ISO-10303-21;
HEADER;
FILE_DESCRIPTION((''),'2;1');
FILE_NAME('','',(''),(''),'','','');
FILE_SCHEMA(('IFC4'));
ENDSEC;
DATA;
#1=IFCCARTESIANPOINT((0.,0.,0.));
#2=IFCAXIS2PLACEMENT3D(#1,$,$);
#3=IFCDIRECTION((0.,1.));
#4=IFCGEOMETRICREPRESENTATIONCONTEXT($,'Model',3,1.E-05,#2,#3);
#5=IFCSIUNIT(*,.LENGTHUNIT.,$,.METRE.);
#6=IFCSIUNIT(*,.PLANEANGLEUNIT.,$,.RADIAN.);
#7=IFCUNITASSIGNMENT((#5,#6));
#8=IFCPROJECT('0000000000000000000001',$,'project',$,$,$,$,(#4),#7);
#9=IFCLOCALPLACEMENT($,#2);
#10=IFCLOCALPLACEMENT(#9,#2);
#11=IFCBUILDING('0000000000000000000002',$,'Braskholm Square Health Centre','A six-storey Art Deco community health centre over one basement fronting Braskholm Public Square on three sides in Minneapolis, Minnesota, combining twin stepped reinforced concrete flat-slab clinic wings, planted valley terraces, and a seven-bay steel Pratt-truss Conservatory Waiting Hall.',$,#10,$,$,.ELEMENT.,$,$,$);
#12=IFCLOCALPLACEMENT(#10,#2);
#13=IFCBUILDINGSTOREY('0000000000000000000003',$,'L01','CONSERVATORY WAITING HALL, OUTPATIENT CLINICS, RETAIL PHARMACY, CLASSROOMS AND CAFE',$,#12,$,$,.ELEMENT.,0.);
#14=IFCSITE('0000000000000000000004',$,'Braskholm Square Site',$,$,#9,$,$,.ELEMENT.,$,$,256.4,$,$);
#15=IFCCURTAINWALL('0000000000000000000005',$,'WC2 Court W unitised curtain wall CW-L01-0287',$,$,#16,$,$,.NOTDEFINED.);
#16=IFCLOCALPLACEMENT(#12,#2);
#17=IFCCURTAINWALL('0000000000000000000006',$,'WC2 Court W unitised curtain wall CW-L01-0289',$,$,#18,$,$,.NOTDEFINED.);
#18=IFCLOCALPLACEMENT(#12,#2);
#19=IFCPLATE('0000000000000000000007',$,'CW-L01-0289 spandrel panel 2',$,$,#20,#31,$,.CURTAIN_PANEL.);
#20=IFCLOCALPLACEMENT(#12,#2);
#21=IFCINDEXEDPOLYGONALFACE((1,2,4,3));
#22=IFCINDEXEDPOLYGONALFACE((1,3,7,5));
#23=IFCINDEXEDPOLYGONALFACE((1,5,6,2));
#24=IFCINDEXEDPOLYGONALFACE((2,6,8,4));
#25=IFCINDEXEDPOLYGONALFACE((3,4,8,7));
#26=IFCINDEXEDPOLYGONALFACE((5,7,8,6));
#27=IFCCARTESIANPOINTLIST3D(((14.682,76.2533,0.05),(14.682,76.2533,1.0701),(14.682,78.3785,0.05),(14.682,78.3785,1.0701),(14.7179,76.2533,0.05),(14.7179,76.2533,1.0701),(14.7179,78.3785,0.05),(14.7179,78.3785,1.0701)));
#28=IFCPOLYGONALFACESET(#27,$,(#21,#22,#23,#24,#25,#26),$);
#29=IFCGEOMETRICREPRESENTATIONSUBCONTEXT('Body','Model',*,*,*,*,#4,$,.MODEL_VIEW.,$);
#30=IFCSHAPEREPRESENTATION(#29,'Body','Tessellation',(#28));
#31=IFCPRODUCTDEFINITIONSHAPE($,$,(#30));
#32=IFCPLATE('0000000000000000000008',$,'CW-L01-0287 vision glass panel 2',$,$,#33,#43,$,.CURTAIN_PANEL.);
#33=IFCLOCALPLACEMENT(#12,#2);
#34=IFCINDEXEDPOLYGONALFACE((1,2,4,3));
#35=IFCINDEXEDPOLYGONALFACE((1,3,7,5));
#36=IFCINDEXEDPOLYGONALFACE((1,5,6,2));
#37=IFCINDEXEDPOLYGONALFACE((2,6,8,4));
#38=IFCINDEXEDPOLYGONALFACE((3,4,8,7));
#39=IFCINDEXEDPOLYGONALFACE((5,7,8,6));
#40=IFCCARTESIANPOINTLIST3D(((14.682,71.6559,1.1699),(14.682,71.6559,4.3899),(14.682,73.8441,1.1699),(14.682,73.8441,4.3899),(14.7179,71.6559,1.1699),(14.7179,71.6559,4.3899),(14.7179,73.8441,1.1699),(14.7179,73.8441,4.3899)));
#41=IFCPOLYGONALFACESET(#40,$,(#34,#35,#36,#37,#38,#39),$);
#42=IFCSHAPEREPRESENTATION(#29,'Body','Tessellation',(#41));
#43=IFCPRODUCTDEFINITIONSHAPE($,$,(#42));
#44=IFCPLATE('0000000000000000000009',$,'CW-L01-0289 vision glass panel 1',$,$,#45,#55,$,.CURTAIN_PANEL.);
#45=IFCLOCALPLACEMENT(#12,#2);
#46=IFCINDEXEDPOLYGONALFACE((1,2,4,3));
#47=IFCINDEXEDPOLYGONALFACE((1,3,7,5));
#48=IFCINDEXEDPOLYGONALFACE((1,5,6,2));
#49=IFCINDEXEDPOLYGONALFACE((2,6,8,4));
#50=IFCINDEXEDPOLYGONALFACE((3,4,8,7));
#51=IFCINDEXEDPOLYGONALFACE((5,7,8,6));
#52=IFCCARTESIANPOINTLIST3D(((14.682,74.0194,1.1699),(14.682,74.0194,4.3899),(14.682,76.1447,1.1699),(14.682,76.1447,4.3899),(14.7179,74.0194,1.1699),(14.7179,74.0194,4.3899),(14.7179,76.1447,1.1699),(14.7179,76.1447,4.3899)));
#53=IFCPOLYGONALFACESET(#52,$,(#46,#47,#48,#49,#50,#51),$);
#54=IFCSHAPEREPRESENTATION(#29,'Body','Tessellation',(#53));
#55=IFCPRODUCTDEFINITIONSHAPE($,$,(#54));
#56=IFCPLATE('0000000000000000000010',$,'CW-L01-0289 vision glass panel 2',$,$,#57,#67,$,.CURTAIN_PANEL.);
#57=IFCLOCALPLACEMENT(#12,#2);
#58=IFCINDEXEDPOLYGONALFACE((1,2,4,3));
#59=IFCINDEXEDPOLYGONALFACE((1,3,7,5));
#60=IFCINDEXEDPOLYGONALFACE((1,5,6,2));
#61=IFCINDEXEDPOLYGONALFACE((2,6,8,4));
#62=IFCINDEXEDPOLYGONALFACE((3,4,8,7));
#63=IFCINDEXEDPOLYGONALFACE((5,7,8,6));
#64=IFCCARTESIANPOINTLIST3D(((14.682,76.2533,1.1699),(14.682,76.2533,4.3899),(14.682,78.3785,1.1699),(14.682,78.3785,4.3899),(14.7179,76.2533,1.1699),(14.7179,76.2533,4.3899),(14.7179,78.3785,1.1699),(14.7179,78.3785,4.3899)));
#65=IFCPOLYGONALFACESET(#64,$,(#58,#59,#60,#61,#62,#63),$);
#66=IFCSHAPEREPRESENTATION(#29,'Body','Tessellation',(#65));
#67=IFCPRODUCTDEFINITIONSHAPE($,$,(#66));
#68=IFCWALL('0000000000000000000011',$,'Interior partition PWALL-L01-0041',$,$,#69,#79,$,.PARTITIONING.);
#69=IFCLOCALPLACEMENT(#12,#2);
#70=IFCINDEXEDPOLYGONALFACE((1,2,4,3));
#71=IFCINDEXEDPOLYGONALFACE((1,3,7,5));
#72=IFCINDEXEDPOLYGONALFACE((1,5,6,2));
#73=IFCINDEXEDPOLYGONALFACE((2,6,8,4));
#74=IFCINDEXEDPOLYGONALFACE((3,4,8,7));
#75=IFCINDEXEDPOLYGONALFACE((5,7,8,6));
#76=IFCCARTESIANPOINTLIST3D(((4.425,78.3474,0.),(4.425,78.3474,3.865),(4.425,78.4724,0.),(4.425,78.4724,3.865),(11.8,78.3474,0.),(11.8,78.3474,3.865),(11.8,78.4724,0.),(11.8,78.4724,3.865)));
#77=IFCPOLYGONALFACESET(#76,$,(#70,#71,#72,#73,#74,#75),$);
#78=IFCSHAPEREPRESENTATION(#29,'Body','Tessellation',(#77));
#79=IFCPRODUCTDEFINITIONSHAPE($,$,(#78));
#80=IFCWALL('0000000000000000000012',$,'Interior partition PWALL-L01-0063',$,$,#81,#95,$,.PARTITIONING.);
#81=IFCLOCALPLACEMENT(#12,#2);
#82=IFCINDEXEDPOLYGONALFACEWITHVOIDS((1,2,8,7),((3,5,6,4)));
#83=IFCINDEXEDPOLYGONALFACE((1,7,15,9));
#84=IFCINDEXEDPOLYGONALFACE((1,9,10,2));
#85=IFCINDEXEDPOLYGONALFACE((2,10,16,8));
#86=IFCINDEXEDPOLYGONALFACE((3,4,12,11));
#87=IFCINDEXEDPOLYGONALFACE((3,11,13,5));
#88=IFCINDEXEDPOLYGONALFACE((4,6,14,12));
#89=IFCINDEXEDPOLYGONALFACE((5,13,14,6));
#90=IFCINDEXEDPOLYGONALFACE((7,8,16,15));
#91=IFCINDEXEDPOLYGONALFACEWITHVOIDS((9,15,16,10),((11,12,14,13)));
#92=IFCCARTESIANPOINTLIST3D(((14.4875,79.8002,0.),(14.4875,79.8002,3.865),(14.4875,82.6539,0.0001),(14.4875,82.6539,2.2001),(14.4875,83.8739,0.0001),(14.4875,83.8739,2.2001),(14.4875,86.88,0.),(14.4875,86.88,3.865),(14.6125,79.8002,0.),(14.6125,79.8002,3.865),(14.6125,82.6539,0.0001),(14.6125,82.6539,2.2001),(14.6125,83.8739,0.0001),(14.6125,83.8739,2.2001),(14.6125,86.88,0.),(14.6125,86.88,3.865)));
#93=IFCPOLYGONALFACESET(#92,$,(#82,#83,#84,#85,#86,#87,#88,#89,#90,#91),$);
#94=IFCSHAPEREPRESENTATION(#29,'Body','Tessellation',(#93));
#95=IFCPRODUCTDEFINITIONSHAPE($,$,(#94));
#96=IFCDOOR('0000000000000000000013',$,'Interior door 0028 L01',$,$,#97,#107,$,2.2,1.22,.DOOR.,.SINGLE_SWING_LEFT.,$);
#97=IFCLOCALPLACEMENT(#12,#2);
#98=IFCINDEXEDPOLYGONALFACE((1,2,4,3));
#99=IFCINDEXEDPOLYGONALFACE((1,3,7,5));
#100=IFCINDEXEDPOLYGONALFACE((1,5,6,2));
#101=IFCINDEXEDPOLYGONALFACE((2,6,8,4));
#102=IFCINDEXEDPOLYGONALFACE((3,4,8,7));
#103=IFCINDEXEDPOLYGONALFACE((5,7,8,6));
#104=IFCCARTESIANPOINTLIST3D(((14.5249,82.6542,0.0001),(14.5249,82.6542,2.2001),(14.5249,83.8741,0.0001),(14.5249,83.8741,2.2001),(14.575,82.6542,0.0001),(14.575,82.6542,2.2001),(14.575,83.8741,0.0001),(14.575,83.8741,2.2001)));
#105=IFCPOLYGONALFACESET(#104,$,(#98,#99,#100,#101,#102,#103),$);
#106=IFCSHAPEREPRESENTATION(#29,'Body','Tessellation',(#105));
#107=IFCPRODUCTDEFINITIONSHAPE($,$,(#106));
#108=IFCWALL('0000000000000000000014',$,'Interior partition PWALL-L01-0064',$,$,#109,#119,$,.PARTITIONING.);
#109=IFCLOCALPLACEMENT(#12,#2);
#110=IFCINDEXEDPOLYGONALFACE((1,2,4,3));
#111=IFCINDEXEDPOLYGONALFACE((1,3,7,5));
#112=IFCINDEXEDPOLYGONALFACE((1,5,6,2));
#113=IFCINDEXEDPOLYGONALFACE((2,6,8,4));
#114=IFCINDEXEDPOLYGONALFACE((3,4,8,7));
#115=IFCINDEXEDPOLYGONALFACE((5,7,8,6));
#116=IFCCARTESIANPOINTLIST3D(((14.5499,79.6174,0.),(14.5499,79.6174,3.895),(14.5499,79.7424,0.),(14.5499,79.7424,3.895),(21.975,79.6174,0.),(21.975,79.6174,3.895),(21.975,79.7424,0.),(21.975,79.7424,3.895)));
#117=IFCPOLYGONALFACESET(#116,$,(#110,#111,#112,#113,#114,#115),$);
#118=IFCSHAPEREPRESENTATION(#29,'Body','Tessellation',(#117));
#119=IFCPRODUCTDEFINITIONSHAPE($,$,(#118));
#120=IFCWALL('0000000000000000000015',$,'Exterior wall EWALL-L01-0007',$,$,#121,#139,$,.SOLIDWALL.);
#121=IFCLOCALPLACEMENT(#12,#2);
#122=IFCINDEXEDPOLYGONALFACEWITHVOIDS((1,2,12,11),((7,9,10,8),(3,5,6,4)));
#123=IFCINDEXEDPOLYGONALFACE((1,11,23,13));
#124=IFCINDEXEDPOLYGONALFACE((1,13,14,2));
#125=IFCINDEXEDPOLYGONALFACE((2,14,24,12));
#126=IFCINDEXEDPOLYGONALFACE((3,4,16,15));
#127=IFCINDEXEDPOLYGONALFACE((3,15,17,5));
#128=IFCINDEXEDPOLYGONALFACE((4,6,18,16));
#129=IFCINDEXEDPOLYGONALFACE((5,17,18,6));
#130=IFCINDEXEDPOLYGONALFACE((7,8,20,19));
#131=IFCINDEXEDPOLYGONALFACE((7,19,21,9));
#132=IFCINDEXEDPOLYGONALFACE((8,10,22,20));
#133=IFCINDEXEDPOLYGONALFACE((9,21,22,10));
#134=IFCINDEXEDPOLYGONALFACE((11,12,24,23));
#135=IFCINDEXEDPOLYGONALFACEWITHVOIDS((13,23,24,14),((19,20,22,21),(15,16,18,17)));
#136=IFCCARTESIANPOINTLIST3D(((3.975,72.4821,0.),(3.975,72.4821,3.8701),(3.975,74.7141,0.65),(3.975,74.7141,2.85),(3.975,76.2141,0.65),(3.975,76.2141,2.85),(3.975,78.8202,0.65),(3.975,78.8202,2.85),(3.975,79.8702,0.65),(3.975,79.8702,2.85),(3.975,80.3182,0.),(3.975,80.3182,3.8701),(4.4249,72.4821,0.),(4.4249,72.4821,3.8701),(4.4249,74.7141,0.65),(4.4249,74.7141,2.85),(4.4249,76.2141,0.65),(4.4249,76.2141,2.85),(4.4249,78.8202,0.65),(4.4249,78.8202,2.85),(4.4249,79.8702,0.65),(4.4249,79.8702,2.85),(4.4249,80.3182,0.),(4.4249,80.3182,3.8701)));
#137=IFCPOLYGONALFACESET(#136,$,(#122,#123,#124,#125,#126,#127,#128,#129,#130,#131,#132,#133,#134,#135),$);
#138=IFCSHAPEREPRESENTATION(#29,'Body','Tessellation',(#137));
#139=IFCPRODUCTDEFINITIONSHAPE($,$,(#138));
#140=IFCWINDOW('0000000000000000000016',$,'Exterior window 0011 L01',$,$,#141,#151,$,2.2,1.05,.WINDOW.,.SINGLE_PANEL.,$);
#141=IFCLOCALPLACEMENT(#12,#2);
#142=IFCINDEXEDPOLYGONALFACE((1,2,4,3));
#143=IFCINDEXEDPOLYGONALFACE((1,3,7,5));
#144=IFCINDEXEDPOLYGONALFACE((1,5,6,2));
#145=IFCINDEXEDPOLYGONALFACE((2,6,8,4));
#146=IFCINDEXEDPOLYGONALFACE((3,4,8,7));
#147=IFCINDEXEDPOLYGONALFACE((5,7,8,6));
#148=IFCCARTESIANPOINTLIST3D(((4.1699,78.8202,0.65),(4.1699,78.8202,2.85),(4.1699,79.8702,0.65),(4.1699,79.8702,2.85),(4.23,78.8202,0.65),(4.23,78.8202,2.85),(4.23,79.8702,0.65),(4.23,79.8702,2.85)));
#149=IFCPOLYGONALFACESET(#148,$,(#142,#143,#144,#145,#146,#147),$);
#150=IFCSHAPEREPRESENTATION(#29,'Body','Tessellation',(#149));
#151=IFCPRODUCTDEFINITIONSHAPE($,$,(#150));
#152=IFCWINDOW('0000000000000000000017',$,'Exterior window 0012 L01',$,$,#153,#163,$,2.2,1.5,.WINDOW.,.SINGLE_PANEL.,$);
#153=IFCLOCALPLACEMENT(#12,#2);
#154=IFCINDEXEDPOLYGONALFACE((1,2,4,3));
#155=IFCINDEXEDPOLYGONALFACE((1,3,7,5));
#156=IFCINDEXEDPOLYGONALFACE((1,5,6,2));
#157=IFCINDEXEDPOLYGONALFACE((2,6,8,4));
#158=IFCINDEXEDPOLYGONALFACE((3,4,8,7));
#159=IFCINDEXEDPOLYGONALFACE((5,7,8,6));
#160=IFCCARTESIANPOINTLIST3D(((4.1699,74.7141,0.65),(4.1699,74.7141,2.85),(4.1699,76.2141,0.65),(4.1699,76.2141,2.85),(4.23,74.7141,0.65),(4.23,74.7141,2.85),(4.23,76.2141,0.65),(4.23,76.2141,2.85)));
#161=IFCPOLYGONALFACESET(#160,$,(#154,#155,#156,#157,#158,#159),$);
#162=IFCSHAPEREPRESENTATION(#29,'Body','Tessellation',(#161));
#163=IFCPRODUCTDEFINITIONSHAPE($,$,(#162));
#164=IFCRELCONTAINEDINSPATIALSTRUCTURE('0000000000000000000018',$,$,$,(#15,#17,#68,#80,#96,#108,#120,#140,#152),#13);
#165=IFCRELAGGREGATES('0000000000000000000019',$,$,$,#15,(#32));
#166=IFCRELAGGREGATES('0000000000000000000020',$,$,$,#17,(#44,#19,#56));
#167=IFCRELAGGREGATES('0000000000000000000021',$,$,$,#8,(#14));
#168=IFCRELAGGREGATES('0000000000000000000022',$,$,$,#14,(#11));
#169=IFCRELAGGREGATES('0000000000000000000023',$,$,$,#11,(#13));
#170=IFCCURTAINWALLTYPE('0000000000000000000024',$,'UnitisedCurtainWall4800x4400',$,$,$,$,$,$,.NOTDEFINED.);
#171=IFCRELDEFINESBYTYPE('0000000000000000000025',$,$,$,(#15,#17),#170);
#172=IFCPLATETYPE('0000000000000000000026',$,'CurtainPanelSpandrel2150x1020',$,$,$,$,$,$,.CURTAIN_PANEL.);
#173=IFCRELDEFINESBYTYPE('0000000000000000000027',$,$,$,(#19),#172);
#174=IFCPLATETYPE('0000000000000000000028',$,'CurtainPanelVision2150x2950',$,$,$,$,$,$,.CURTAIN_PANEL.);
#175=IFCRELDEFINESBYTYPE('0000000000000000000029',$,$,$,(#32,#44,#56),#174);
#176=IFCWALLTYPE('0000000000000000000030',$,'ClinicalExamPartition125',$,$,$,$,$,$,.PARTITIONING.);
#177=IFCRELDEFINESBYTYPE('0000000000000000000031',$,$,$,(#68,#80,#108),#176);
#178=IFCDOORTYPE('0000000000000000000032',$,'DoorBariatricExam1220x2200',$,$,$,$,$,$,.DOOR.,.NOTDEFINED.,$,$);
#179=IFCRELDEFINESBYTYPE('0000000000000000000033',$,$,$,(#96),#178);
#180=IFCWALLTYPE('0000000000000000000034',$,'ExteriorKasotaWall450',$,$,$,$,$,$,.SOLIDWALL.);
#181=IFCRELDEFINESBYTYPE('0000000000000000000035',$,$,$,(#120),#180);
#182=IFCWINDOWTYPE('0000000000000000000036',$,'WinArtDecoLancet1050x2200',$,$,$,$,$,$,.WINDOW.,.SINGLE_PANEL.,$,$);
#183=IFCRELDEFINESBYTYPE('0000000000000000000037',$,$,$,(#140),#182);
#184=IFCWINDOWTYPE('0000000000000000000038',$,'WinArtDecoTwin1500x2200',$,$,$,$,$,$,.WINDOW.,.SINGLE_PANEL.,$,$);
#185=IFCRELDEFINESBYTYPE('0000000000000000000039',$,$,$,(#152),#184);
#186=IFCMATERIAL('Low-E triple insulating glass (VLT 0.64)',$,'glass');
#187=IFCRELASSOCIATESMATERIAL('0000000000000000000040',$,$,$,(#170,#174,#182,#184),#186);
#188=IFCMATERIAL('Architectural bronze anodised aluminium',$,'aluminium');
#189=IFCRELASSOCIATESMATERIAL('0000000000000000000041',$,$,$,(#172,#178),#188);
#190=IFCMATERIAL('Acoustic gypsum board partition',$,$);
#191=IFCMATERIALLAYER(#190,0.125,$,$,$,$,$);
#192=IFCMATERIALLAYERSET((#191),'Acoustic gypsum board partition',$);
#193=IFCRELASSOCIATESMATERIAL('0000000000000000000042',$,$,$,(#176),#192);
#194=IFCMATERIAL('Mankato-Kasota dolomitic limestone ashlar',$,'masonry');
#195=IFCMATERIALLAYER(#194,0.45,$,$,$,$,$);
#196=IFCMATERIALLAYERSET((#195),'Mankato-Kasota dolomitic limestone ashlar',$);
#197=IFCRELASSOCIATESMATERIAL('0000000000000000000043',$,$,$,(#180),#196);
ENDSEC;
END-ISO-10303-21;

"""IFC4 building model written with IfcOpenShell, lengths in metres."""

from ifc_helpers import new_model, si_unit, direction, frame, frame_2d, origin, origin_with_axes, origin_2d, place, context, subcontext, project, spatial, rectangle, extrude, material, layer, layer_set, type_object, element, fill, aggregate, save


model = new_model("IFC4")

# Units and contexts
model_context = context("Model", 3, precision=1e-05, world=origin(), true_north=direction((0.0, 1.0)))
body_context = subcontext(model_context, "Body", "Model", "MODEL_VIEW")
ifc_project = project(units=[si_unit("LENGTHUNIT", "METRE"), si_unit("PLANEANGLEUNIT", "RADIAN")], contexts=[model_context])

# Site, building, storey
site_placement = place(None, origin())
site = spatial("IfcSite", under=ifc_project, at=site_placement, Name="Braskholm Square Site", CompositionType="ELEMENT", RefElevation=256.4)
building_placement = place(site_placement, origin())
building = spatial("IfcBuilding", under=site, at=building_placement, Name="Braskholm Square Health Centre", Description="A six-storey Art Deco community health centre over one basement fronting Braskholm Public Square on three sides in Minneapolis, Minnesota, combining twin stepped reinforced concrete flat-slab clinic wings, planted valley terraces, and a seven-bay steel Pratt-truss Conservatory Waiting Hall.", CompositionType="ELEMENT")
storey_placement = place(building_placement, origin())
storey = spatial("IfcBuildingStorey", under=building, at=storey_placement, Name="L01", Description="CONSERVATORY WAITING HALL, OUTPATIENT CLINICS, RETAIL PHARMACY, CLASSROOMS AND CAFE", CompositionType="ELEMENT", Elevation=0.0)

# Curtain wall
ifc_material_1 = material(Name="Low-E triple insulating glass (VLT 0.64)", Category="glass")
curtain_wall_type = type_object("IfcCurtainWallType", Name="UnitisedCurtainWall4800x4400", PredefinedType="NOTDEFINED", material=ifc_material_1)
curtain_wall_1_placement = place(storey_placement, origin())
curtain_wall_1 = element("IfcCurtainWall", 1, at=curtain_wall_1_placement, inside=storey, type_object=curtain_wall_type, Name="WC2 Court W unitised curtain wall CW-L01-0287", PredefinedType="NOTDEFINED")
ifc_material_2 = material(Name="Architectural bronze anodised aluminium", Category="aluminium")

# Curtain wall
curtain_wall_2_placement = place(storey_placement, origin())
curtain_wall_2 = element("IfcCurtainWall", 2, at=curtain_wall_2_placement, inside=storey, type_object=curtain_wall_type, Name="WC2 Court W unitised curtain wall CW-L01-0289", PredefinedType="NOTDEFINED")

# Plates
plate_type_1 = type_object("IfcPlateType", Name="CurtainPanelSpandrel2150x1020", PredefinedType="CURTAIN_PANEL", material=ifc_material_2)
plate_1_placement = place(storey_placement, frame((14.7, 77.3159, 0.05), z_axis=(0.0, 0.0, 1.0), x_axis=(0.0, 1.0, 0.0)))
plate_1 = element("IfcPlate", 3, at=plate_1_placement, type_object=plate_type_1, Name="CW-L01-0289 spandrel panel 2", PredefinedType="CURTAIN_PANEL", context=body_context, shape_type="SweptSolid", body=[
    extrude(rectangle(XDim=2.1252, YDim=0.0359, at=origin_2d()), origin(), (0.0, 0.0, 1.0), 1.02),
])
plate_type_2 = type_object("IfcPlateType", Name="CurtainPanelVision2150x2950", PredefinedType="CURTAIN_PANEL", material=ifc_material_1)
plate_2_placement = place(storey_placement, frame((14.7, 72.75, 1.1699), z_axis=(0.0, 0.0, 1.0), x_axis=(0.0, 1.0, 0.0)))
plate_2 = element("IfcPlate", 4, at=plate_2_placement, type_object=plate_type_2, Name="CW-L01-0287 vision glass panel 2", PredefinedType="CURTAIN_PANEL", context=body_context, shape_type="SweptSolid", body=[
    extrude(rectangle(XDim=2.1882, YDim=0.0359, at=origin_2d()), origin(), (0.0, 0.0, 1.0), 3.22),
])
aggregate(curtain_wall_1, [plate_2])
plate_3_placement = place(storey_placement, frame((14.7, 75.082, 1.1699), z_axis=(0.0, 0.0, 1.0), x_axis=(0.0, 1.0, 0.0)))
plate_3 = element("IfcPlate", 5, at=plate_3_placement, type_object=plate_type_2, Name="CW-L01-0289 vision glass panel 1", PredefinedType="CURTAIN_PANEL", context=body_context, shape_type="SweptSolid", body=[
    extrude(rectangle(XDim=2.1252, YDim=0.0359, at=origin_2d()), origin(), (0.0, 0.0, 1.0), 3.22),
])
plate_4_placement = place(storey_placement, frame((14.7, 77.3159, 1.1699), z_axis=(0.0, 0.0, 1.0), x_axis=(0.0, 1.0, 0.0)))
plate_4 = element("IfcPlate", 6, at=plate_4_placement, type_object=plate_type_2, Name="CW-L01-0289 vision glass panel 2", PredefinedType="CURTAIN_PANEL", context=body_context, shape_type="SweptSolid", body=[
    extrude(rectangle(XDim=2.1252, YDim=0.0359, at=origin_2d()), origin(), (0.0, 0.0, 1.0), 3.22),
])
aggregate(curtain_wall_2, [plate_3, plate_1, plate_4])

# Wall
ifc_material_3 = material(Name="Acoustic gypsum board partition")
ifc_layer_1 = layer(ifc_material_3, 0.125)
ifc_layer_set_1 = layer_set([ifc_layer_1], Name="Acoustic gypsum board partition")
wall_type_1 = type_object("IfcWallType", Name="ClinicalExamPartition125", PredefinedType="PARTITIONING", material=ifc_layer_set_1)
wall_1_placement = place(storey_placement, frame((4.425, 78.4099, 0.0), z_axis=(0.0, 0.0, 1.0), x_axis=(1.0, 0.0, 0.0)))
element("IfcWall", 7, at=wall_1_placement, inside=storey, type_object=wall_type_1, Name="Interior partition PWALL-L01-0041", PredefinedType="PARTITIONING", context=body_context, shape_type="SweptSolid", body=[
    extrude(rectangle(XDim=7.375, YDim=0.125, at=frame_2d((3.6875, 0.0))), origin(), (0.0, 0.0, 1.0), 3.865),
])

# Wall, opening, door
wall_2_placement = place(storey_placement, frame((14.55, 79.8, 0.0), z_axis=(0.0, 0.0, 1.0), x_axis=(0.0, 1.0, 0.0)))
wall_2 = element("IfcWall", 8, at=wall_2_placement, inside=storey, type_object=wall_type_1, Name="Interior partition PWALL-L01-0063", PredefinedType="PARTITIONING", context=body_context, shape_type="SweptSolid", body=[
    extrude(rectangle(XDim=7.0798, YDim=0.125, at=frame_2d((3.54, 0.0))), origin(), (0.0, 0.0, 1.0), 3.865),
])
opening_1_placement = place(wall_2_placement, frame((2.854, 0.0, 0.0)))
opening_1 = element("IfcOpeningElement", 9, at=opening_1_placement, cuts=wall_2, PredefinedType="OPENING", context=body_context, shape_type="SweptSolid", body=[
    extrude(rectangle(XDim=1.22, YDim=2.2, at=frame_2d((0.6099, 1.1001))), frame((0.0, 0.0725, 0.0), z_axis=(0.0, -1.0, 0.0), x_axis=(1.0, 0.0, 0.0)), (0.0, 0.0, 1.0), 0.145),
])
door_type_1 = type_object("IfcDoorType", Name="DoorBariatricExam1220x2200", OperationType="NOTDEFINED", PredefinedType="DOOR", material=ifc_material_2)
door_1_placement = place(opening_1_placement, frame((1.22, 0.0, 0.0), z_axis=(0.0, 0.0, 1.0), x_axis=(-1.0, 0.0, 0.0)))
door_1 = element("IfcDoor", 10, at=door_1_placement, inside=storey, type_object=door_type_1, Name="Interior door 0028 L01", OperationType="SINGLE_SWING_LEFT", OverallHeight=2.2, OverallWidth=1.22, PredefinedType="DOOR", context=body_context, shape_type="SweptSolid", body=[
    extrude(rectangle(XDim=1.22, YDim=2.2, at=frame_2d((0.6099, 1.1001))), frame((0.0, 0.0249, 0.0), z_axis=(0.0, -1.0, 0.0), x_axis=(1.0, 0.0, 0.0)), (0.0, 0.0, 1.0), 0.05),
])
fill(opening_1, door_1)

# Wall
wall_3_placement = place(storey_placement, frame((14.55, 79.6799, 0.0), z_axis=(0.0, 0.0, 1.0), x_axis=(1.0, 0.0, 0.0)))
element("IfcWall", 11, at=wall_3_placement, inside=storey, type_object=wall_type_1, Name="Interior partition PWALL-L01-0064", PredefinedType="PARTITIONING", context=body_context, shape_type="SweptSolid", body=[
    extrude(rectangle(XDim=7.425, YDim=0.125, at=frame_2d((3.7124, 0.0))), origin(), (0.0, 0.0, 1.0), 3.895),
])

# Wall, openings, windows
ifc_material_4 = material(Name="Mankato-Kasota dolomitic limestone ashlar", Category="masonry")
ifc_layer_2 = layer(ifc_material_4, 0.45)
ifc_layer_set_2 = layer_set([ifc_layer_2], Name="Mankato-Kasota dolomitic limestone ashlar")
wall_type_2 = type_object("IfcWallType", Name="ExteriorKasotaWall450", PredefinedType="SOLIDWALL", material=ifc_layer_set_2)
wall_4_placement = place(storey_placement, frame((4.2, 80.3181, 0.0), z_axis=(0.0, 0.0, 1.0), x_axis=(0.0, -1.0, 0.0)))
wall_4 = element("IfcWall", 12, at=wall_4_placement, inside=storey, type_object=wall_type_2, Name="Exterior wall EWALL-L01-0007", PredefinedType="SOLIDWALL", context=body_context, shape_type="SweptSolid", body=[
    extrude(rectangle(XDim=7.8362, YDim=0.45, at=frame_2d((3.918, 0.0))), origin(), (0.0, 0.0, 1.0), 3.8701),
])
opening_2_placement = place(wall_4_placement, frame((0.448, 0.0, 0.6499)))
opening_2 = element("IfcOpeningElement", 13, at=opening_2_placement, cuts=wall_4, PredefinedType="OPENING", context=body_context, shape_type="SweptSolid", body=[
    extrude(rectangle(XDim=1.05, YDim=2.2, at=frame_2d((0.5249, 1.1001))), frame((0.0, 0.2349, 0.0), z_axis=(0.0, -1.0, 0.0), x_axis=(1.0, 0.0, 0.0)), (0.0, 0.0, 1.0), 0.47),
])
opening_3_placement = place(wall_4_placement, frame((4.104, 0.0, 0.6499)))
opening_3 = element("IfcOpeningElement", 14, at=opening_3_placement, cuts=wall_4, PredefinedType="OPENING", context=body_context, shape_type="SweptSolid", body=[
    extrude(rectangle(XDim=1.5, YDim=2.2, at=frame_2d((0.75, 1.1001))), frame((0.0, 0.2349, 0.0), z_axis=(0.0, -1.0, 0.0), x_axis=(1.0, 0.0, 0.0)), (0.0, 0.0, 1.0), 0.47),
])
window_type_1 = type_object("IfcWindowType", Name="WinArtDecoLancet1050x2200", PartitioningType="SINGLE_PANEL", PredefinedType="WINDOW", material=ifc_material_1)
window_1_placement = place(opening_2_placement, origin_with_axes())
window_1 = element("IfcWindow", 15, at=window_1_placement, inside=storey, type_object=window_type_1, Name="Exterior window 0011 L01", OverallHeight=2.2, OverallWidth=1.05, PartitioningType="SINGLE_PANEL", PredefinedType="WINDOW", context=body_context, shape_type="SweptSolid", body=[
    extrude(rectangle(XDim=1.05, YDim=2.2, at=frame_2d((0.5249, 1.1001))), frame((0.0, 0.03, 0.0), z_axis=(0.0, -1.0, 0.0), x_axis=(1.0, 0.0, 0.0)), (0.0, 0.0, 1.0), 0.0601),
])
fill(opening_2, window_1)
window_type_2 = type_object("IfcWindowType", Name="WinArtDecoTwin1500x2200", PartitioningType="SINGLE_PANEL", PredefinedType="WINDOW", material=ifc_material_1)
window_2_placement = place(opening_3_placement, origin_with_axes())
window_2 = element("IfcWindow", 16, at=window_2_placement, inside=storey, type_object=window_type_2, Name="Exterior window 0012 L01", OverallHeight=2.2, OverallWidth=1.5, PartitioningType="SINGLE_PANEL", PredefinedType="WINDOW", context=body_context, shape_type="SweptSolid", body=[
    extrude(rectangle(XDim=1.5, YDim=2.2, at=frame_2d((0.75, 1.1001))), frame((0.0, 0.03, 0.0), z_axis=(0.0, -1.0, 0.0), x_axis=(1.0, 0.0, 0.0)), (0.0, 0.0, 1.0), 0.0601),
])
fill(opening_3, window_2)

save(model, "model.ifc")
